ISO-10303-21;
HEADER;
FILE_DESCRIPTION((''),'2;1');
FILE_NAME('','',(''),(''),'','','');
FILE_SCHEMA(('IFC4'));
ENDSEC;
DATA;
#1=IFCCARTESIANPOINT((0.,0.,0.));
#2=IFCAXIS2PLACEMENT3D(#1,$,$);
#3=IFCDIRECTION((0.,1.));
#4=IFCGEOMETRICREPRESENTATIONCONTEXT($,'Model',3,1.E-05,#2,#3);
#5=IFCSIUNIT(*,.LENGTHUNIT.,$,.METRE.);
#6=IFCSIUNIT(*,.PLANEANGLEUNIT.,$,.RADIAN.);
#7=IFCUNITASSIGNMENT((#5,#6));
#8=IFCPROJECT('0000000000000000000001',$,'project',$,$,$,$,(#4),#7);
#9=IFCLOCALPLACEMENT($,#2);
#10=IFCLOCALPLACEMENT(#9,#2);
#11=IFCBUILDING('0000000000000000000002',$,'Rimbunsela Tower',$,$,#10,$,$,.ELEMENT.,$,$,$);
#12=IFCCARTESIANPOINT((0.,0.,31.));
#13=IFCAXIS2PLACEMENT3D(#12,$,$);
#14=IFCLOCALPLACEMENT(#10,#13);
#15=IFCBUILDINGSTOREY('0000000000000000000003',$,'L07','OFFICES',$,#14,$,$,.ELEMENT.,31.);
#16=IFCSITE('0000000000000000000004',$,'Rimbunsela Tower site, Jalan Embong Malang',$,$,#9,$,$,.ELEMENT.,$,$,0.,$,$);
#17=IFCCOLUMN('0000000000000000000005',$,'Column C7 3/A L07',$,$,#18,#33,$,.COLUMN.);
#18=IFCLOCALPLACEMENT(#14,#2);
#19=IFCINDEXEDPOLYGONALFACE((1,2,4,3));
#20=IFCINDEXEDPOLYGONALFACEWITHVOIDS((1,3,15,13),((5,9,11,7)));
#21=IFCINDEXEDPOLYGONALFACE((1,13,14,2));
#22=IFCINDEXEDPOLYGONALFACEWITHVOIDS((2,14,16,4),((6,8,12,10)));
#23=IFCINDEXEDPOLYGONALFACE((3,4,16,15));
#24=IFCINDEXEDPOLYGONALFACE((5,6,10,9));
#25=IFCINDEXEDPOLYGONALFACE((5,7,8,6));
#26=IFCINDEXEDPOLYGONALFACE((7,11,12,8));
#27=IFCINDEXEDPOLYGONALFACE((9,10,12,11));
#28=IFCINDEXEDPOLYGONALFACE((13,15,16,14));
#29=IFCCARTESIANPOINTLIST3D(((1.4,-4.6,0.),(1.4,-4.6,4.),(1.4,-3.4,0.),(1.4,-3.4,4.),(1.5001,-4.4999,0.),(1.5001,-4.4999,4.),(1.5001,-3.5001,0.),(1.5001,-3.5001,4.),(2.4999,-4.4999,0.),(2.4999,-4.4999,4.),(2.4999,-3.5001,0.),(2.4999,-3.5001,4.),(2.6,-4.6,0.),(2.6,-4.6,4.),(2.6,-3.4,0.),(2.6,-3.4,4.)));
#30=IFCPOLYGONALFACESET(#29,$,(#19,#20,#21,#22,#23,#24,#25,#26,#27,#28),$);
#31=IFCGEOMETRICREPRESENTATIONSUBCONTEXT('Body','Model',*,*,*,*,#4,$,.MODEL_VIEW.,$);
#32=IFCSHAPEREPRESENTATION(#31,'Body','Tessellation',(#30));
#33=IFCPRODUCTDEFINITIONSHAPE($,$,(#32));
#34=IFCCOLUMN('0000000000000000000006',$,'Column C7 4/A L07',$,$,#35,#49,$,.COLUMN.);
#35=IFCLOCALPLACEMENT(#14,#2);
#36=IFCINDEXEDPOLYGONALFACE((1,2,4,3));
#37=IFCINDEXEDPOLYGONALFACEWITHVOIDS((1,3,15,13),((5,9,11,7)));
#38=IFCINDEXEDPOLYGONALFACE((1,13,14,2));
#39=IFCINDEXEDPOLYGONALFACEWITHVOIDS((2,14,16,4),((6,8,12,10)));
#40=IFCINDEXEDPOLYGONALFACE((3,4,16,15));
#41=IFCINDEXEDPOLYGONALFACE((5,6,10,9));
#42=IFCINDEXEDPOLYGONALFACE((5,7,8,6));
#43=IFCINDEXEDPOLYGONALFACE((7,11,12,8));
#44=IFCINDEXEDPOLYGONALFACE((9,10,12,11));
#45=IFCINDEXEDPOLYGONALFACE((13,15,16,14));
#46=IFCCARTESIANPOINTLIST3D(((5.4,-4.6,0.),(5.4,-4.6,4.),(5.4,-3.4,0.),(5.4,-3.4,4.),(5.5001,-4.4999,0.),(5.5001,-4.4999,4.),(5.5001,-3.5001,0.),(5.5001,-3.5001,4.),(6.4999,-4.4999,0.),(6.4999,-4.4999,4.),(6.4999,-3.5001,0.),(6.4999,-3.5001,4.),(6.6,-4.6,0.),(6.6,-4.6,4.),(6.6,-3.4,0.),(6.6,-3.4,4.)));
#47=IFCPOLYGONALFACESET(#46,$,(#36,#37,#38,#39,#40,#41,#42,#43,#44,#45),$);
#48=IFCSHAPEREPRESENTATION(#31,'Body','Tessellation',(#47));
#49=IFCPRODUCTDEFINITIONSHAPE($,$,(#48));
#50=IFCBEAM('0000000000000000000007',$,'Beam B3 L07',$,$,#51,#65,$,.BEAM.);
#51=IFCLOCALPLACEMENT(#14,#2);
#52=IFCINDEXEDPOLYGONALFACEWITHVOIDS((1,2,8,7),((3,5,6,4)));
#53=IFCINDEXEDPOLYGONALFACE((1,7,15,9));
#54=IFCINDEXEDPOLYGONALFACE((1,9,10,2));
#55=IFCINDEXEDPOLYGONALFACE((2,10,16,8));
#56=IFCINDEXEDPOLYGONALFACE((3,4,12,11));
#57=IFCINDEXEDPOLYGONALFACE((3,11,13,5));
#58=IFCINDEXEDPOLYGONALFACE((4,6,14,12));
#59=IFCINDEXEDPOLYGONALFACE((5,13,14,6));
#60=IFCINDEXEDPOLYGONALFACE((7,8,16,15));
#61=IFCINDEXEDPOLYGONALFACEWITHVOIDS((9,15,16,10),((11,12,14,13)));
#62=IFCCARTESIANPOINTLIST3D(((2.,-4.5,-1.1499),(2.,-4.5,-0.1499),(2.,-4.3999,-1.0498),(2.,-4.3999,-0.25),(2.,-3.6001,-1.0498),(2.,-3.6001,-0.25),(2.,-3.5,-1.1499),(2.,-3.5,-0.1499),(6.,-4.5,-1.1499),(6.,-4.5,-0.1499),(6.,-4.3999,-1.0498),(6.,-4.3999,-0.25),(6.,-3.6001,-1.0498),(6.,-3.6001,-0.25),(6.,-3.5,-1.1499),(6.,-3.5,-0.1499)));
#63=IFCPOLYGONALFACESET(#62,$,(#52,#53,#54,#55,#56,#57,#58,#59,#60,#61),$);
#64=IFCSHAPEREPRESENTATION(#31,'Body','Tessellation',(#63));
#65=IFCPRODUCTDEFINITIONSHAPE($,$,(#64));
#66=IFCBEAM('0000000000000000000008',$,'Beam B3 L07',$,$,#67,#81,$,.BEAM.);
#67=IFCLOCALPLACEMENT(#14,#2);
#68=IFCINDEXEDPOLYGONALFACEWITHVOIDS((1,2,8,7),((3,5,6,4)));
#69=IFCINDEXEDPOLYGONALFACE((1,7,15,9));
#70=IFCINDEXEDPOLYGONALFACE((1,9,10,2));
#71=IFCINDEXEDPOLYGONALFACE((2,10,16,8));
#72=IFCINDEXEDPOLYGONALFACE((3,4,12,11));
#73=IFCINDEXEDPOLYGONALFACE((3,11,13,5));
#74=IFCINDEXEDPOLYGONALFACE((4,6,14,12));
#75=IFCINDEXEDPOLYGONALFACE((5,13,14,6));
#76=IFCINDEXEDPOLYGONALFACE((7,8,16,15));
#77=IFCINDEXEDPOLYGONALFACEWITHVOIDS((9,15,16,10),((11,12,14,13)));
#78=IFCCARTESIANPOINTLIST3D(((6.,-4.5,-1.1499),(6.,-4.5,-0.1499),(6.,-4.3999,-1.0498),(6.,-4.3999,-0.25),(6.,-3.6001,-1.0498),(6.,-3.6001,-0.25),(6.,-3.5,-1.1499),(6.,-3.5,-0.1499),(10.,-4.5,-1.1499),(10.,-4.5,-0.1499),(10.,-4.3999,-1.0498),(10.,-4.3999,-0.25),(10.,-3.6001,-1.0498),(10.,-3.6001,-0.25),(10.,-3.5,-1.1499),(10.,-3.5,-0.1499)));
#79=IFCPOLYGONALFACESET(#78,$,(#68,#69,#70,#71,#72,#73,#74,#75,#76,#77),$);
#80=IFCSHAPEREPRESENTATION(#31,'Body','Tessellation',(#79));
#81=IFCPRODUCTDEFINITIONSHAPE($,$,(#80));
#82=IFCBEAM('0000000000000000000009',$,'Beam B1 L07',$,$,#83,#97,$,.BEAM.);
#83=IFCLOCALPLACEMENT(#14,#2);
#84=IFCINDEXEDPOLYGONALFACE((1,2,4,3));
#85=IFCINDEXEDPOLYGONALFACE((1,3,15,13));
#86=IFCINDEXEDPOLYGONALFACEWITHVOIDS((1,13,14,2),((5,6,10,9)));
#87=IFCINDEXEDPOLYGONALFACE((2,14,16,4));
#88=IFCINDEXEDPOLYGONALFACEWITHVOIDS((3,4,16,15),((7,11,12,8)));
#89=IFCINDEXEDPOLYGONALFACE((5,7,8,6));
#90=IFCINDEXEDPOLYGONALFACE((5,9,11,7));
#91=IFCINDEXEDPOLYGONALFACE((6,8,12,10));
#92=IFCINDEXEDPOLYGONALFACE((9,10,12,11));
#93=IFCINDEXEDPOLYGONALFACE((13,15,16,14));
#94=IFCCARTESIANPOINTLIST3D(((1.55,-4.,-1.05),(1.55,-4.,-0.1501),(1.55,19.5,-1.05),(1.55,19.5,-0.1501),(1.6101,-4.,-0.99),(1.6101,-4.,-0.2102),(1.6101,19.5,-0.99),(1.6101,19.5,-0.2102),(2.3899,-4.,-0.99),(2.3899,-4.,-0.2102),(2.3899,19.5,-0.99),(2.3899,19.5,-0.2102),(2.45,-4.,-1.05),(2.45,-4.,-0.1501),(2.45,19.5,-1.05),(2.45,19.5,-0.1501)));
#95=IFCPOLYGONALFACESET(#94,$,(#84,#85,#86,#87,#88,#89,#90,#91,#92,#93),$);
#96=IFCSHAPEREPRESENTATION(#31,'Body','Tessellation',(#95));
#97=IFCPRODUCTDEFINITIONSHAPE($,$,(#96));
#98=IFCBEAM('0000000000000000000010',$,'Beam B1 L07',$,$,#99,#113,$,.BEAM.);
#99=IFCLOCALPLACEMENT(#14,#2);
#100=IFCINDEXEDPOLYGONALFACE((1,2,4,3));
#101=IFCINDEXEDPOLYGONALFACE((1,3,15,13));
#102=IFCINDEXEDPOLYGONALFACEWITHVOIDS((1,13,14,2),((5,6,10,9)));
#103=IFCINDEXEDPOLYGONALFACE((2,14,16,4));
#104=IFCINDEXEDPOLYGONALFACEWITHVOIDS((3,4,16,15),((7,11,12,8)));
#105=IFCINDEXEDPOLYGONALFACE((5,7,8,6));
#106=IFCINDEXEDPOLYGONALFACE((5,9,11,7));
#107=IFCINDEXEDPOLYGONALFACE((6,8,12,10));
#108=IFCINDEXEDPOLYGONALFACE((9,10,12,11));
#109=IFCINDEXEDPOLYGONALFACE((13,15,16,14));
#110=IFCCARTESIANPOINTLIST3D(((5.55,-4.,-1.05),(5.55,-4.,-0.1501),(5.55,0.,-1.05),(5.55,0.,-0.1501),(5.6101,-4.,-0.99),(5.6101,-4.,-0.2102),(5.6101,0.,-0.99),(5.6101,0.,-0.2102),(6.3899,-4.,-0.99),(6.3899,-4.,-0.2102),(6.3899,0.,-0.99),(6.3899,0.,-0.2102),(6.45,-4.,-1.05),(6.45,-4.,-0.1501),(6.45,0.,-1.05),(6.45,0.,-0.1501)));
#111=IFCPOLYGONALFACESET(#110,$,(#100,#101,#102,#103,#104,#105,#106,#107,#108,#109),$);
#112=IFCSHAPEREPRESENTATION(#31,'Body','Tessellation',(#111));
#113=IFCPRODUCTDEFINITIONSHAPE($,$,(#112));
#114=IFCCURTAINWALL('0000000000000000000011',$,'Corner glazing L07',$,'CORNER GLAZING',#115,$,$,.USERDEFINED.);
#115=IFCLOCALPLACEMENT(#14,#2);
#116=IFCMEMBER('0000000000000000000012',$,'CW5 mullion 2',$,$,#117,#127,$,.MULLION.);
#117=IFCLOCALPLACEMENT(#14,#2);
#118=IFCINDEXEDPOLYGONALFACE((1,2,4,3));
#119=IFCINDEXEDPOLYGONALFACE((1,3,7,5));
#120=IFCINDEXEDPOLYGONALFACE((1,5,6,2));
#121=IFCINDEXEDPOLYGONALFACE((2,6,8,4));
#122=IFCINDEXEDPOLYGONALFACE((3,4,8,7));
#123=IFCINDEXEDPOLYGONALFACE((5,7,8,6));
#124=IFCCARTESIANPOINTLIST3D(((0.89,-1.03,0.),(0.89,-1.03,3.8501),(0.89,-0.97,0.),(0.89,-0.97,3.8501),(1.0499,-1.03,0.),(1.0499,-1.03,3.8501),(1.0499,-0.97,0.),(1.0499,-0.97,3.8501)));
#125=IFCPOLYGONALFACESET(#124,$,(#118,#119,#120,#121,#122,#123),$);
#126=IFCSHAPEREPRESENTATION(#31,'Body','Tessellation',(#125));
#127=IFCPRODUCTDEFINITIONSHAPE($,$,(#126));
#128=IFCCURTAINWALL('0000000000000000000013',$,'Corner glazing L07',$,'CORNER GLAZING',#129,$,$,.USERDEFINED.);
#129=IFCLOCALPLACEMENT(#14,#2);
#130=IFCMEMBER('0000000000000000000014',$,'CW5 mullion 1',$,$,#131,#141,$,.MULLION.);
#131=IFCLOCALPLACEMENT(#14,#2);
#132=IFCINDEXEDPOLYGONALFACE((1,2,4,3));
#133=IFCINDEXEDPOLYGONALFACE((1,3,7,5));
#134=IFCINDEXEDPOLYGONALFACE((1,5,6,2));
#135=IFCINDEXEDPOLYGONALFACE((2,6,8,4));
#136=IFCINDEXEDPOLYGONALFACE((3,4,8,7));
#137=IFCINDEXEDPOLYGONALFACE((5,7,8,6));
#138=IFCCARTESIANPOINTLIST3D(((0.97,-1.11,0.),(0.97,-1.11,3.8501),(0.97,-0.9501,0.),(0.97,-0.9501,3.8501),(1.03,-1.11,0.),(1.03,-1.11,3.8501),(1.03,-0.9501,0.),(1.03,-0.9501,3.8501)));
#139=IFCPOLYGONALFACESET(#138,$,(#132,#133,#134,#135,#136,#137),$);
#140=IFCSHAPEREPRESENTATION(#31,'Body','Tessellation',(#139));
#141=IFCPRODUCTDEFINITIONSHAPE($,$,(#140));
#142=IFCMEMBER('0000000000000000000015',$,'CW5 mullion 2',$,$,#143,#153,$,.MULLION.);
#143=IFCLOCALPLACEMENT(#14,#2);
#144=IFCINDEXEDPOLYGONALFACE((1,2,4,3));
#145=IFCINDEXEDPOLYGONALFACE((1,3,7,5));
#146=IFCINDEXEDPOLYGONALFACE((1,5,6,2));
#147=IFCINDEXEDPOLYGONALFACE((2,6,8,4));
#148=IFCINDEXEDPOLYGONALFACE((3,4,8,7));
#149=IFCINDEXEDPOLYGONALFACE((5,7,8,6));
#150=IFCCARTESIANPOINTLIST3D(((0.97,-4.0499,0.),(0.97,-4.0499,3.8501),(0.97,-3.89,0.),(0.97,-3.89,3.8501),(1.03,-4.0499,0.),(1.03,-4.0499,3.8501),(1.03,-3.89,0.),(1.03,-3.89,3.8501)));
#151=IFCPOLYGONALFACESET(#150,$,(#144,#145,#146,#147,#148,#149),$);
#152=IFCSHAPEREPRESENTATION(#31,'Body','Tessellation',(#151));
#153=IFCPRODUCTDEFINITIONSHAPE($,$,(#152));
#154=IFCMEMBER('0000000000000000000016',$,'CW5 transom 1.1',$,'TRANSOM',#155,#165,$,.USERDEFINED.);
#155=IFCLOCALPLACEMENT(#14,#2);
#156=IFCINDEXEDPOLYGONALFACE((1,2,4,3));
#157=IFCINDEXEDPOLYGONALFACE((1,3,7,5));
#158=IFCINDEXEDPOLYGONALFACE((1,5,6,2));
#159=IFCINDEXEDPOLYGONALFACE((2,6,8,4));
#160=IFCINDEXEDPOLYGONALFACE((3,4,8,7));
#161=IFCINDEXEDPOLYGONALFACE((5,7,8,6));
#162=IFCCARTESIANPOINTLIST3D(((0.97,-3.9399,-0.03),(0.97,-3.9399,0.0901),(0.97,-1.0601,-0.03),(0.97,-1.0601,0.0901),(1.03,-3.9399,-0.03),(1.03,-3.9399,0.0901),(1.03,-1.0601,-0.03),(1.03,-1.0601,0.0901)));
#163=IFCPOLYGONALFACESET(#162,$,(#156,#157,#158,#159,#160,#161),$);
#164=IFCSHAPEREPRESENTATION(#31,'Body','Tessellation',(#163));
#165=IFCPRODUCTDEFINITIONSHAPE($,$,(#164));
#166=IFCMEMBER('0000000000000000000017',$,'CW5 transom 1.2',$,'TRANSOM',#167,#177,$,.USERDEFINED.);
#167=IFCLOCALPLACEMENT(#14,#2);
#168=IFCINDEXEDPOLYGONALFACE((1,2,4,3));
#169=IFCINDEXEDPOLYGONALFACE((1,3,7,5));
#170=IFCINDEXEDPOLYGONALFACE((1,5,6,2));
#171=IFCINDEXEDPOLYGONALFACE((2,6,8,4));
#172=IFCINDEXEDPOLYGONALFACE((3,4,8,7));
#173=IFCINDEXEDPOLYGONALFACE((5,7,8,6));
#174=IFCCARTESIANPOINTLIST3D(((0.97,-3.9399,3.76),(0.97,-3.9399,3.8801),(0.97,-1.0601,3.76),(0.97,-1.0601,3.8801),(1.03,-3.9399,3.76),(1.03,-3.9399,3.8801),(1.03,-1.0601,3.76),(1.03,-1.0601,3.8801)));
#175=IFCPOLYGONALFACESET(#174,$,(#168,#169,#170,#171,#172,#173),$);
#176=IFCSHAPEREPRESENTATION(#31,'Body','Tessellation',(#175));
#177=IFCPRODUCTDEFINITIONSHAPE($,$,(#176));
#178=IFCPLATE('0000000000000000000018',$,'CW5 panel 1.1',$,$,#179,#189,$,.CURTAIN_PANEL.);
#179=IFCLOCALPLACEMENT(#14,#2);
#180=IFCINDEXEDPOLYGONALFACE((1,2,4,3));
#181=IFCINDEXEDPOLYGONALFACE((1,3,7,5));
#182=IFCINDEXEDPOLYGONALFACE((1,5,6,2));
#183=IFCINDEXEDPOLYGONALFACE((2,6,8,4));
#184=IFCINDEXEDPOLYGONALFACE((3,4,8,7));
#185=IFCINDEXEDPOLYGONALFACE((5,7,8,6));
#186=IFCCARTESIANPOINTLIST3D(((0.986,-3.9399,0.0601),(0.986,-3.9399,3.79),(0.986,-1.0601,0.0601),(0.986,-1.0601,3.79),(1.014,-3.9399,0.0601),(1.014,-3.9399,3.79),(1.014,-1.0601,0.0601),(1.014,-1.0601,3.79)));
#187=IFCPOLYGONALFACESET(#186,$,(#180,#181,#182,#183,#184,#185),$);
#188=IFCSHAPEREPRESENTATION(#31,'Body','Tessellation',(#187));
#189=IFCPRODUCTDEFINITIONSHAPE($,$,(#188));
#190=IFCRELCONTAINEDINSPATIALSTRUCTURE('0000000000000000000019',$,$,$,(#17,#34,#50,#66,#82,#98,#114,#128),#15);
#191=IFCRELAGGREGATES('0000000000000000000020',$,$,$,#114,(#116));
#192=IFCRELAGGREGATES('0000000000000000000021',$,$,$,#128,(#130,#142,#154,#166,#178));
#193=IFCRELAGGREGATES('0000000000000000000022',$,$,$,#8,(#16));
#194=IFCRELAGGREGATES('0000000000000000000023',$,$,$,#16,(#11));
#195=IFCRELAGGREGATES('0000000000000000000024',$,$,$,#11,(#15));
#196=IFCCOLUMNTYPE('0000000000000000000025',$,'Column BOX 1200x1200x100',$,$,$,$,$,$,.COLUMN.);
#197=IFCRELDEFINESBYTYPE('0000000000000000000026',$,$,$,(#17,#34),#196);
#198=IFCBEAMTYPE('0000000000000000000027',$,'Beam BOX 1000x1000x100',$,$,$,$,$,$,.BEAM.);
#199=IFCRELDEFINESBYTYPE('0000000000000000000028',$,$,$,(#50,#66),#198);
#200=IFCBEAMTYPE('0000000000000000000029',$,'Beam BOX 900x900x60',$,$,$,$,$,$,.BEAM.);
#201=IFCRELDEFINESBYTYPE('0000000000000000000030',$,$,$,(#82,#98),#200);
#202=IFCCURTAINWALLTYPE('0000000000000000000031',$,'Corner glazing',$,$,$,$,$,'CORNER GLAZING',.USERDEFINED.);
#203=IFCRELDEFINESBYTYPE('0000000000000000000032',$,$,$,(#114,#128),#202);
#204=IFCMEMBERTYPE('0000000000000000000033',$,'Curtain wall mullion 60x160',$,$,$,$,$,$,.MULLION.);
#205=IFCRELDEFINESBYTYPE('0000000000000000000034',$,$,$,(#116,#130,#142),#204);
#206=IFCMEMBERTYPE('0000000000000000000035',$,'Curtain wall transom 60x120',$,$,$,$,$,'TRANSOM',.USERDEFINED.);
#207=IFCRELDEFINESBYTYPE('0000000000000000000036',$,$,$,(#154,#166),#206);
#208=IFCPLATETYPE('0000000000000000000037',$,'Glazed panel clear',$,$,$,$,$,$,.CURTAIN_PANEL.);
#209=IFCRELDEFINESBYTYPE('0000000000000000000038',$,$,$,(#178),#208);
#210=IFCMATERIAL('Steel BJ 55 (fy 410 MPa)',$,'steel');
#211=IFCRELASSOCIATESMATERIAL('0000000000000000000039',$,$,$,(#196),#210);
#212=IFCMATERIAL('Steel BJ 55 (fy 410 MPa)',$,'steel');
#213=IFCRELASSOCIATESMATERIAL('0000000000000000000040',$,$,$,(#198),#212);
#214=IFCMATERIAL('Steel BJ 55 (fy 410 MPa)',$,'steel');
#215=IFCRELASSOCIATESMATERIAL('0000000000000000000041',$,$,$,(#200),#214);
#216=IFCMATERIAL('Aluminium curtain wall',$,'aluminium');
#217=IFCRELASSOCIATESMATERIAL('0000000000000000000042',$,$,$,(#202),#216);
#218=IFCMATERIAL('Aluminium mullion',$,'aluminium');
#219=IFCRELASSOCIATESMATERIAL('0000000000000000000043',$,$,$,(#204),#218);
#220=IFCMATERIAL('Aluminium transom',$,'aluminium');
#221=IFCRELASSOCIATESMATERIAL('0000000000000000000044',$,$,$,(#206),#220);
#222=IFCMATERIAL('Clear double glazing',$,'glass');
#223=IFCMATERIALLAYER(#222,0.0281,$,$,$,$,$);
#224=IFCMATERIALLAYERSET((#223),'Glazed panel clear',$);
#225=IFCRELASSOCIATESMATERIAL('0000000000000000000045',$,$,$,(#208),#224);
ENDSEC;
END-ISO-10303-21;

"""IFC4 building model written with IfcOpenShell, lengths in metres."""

from ifc_helpers import new_model, si_unit, direction, frame, origin, origin_2d, place, context, subcontext, project, spatial, rectangle, hollow_rectangle, extrude, material, layer, layer_set, material_profile, profile_set, type_object, element, aggregate, save


model = new_model("IFC4")

# Units and contexts
model_context = context("Model", 3, precision=1e-05, world=origin(), true_north=direction((0.0, 1.0)))
body_context = subcontext(model_context, "Body", "Model", "MODEL_VIEW")
ifc_project = project(units=[si_unit("LENGTHUNIT", "METRE"), si_unit("PLANEANGLEUNIT", "RADIAN")], contexts=[model_context])

# Site, building, storey
site_placement = place(None, origin())
site = spatial("IfcSite", under=ifc_project, at=site_placement, Name="Rimbunsela Tower site, Jalan Embong Malang", CompositionType="ELEMENT", RefElevation=0.0)
building_placement = place(site_placement, origin())
building = spatial("IfcBuilding", under=site, at=building_placement, Name="Rimbunsela Tower", CompositionType="ELEMENT")
storey_placement = place(building_placement, frame((0.0, 0.0, 31.0)))
storey = spatial("IfcBuildingStorey", under=building, at=storey_placement, Name="L07", Description="OFFICES", CompositionType="ELEMENT", Elevation=31.0)

# Columns
ifc_material_1 = material(Name="Steel BJ 55 (fy 410 MPa)", Category="steel")
ifc_material_profile_1 = material_profile(ifc_material_1, hollow_rectangle(XDim=1.2, YDim=1.2, WallThickness=0.1001, at=origin_2d()), Name="BOX 1200x1200x100")
ifc_profile_set_1 = profile_set([ifc_material_profile_1], Name="Steel BJ 55 (fy 410 MPa)")
column_type = type_object("IfcColumnType", Name="Column BOX 1200x1200x100", PredefinedType="COLUMN", material=ifc_profile_set_1)
for number, where, z_axis, x_axis, name in (
    (1, (2.0, -4.0, 0.0), (0.0, 0.0, 1.0), (1.0, 0.0, 0.0), "Column C7 3/A L07"),
    (2, (6.0, -4.0, 0.0), (0.0, 0.0, 1.0), (1.0, 0.0, 0.0), "Column C7 4/A L07"),
):
    element("IfcColumn", number, at=place(storey_placement, frame(where, z_axis=z_axis, x_axis=x_axis)), inside=storey, type_object=column_type, Name=name, PredefinedType="COLUMN", context=body_context, shape_type="SweptSolid", body=[
        extrude(hollow_rectangle(XDim=1.2, YDim=1.2, WallThickness=0.1001, at=origin_2d()), origin(), (0.0, 0.0, 1.0), 4.0),
    ])

# Beams
ifc_material_2 = material(Name="Steel BJ 55 (fy 410 MPa)", Category="steel")
ifc_material_profile_2 = material_profile(ifc_material_2, hollow_rectangle(XDim=1.0, YDim=1.0, WallThickness=0.1001, at=origin_2d()), Name="BOX 1000x1000x100")
ifc_profile_set_2 = profile_set([ifc_material_profile_2], Name="Steel BJ 55 (fy 410 MPa)")
beam_type_1 = type_object("IfcBeamType", Name="Beam BOX 1000x1000x100", PredefinedType="BEAM", material=ifc_profile_set_2)
for number, where, z_axis, x_axis, name in (
    (3, (2.0, -4.0, -0.6499), (1.0, 0.0, 0.0), (0.0, 1.0, 0.0), "Beam B3 L07"),
    (4, (6.0, -4.0, -0.6499), (1.0, 0.0, 0.0), (0.0, 1.0, 0.0), "Beam B3 L07"),
):
    element("IfcBeam", number, at=place(storey_placement, frame(where, z_axis=z_axis, x_axis=x_axis)), inside=storey, type_object=beam_type_1, Name=name, PredefinedType="BEAM", context=body_context, shape_type="SweptSolid", body=[
        extrude(hollow_rectangle(XDim=1.0, YDim=1.0, WallThickness=0.1001, at=origin_2d()), origin(), (0.0, 0.0, 1.0), 4.0),
    ])
ifc_material_3 = material(Name="Steel BJ 55 (fy 410 MPa)", Category="steel")
ifc_material_profile_3 = material_profile(ifc_material_3, hollow_rectangle(XDim=0.8999, YDim=0.8999, WallThickness=0.0601, at=origin_2d()), Name="BOX 900x900x60")
ifc_profile_set_3 = profile_set([ifc_material_profile_3], Name="Steel BJ 55 (fy 410 MPa)")
beam_type_2 = type_object("IfcBeamType", Name="Beam BOX 900x900x60", PredefinedType="BEAM", material=ifc_profile_set_3)
beam_1_placement = place(storey_placement, frame((2.0, -4.0, -0.6001), z_axis=(0.0, 1.0, 0.0), x_axis=(-1.0, 0.0, 0.0)))
element("IfcBeam", 5, at=beam_1_placement, inside=storey, type_object=beam_type_2, Name="Beam B1 L07", PredefinedType="BEAM", context=body_context, shape_type="SweptSolid", body=[
    extrude(hollow_rectangle(XDim=0.8999, YDim=0.8999, WallThickness=0.0601, at=origin_2d()), origin(), (0.0, 0.0, 1.0), 23.5),
])
beam_2_placement = place(storey_placement, frame((6.0, -4.0, -0.6001), z_axis=(0.0, 1.0, 0.0), x_axis=(-1.0, 0.0, 0.0)))
element("IfcBeam", 6, at=beam_2_placement, inside=storey, type_object=beam_type_2, Name="Beam B1 L07", PredefinedType="BEAM", context=body_context, shape_type="SweptSolid", body=[
    extrude(hollow_rectangle(XDim=0.8999, YDim=0.8999, WallThickness=0.0601, at=origin_2d()), origin(), (0.0, 0.0, 1.0), 4.0),
])

# Curtain wall, member
ifc_material_4 = material(Name="Aluminium curtain wall", Category="aluminium")
curtain_wall_type = type_object("IfcCurtainWallType", Name="Corner glazing", ElementType="CORNER GLAZING", PredefinedType="USERDEFINED", material=ifc_material_4)
curtain_wall_1_placement = place(storey_placement, origin())
curtain_wall_1 = element("IfcCurtainWall", 7, at=curtain_wall_1_placement, inside=storey, type_object=curtain_wall_type, Name="Corner glazing L07", ObjectType="CORNER GLAZING", PredefinedType="USERDEFINED")
ifc_material_5 = material(Name="Aluminium mullion", Category="aluminium")
ifc_material_profile_4 = material_profile(ifc_material_5, rectangle(XDim=0.0601, YDim=0.1599, at=origin_2d()), Name="Mullion 60x160")
ifc_profile_set_4 = profile_set([ifc_material_profile_4], Name="Aluminium mullion")
member_type_1 = type_object("IfcMemberType", Name="Curtain wall mullion 60x160", PredefinedType="MULLION", material=ifc_profile_set_4)
member_1_placement = place(storey_placement, frame((0.97, -1.0, 0.0), z_axis=(0.0, 0.0, 1.0), x_axis=(0.0, 1.0, 0.0)))
member_1 = element("IfcMember", 8, at=member_1_placement, type_object=member_type_1, Name="CW5 mullion 2", PredefinedType="MULLION", context=body_context, shape_type="SweptSolid", body=[
    extrude(rectangle(XDim=0.0601, YDim=0.1599, at=origin_2d()), origin(), (0.0, 0.0, 1.0), 3.8501),
])
aggregate(curtain_wall_1, [member_1])

# Curtain wall, members, plate
curtain_wall_2_placement = place(storey_placement, origin())
curtain_wall_2 = element("IfcCurtainWall", 9, at=curtain_wall_2_placement, inside=storey, type_object=curtain_wall_type, Name="Corner glazing L07", ObjectType="CORNER GLAZING", PredefinedType="USERDEFINED")
member_2_placement = place(storey_placement, frame((1.0, -1.03, 0.0), z_axis=(0.0, 0.0, 1.0), x_axis=(1.0, 0.0, 0.0)))
member_2 = element("IfcMember", 10, at=member_2_placement, type_object=member_type_1, Name="CW5 mullion 1", PredefinedType="MULLION", context=body_context, shape_type="SweptSolid", body=[
    extrude(rectangle(XDim=0.0601, YDim=0.1599, at=origin_2d()), origin(), (0.0, 0.0, 1.0), 3.8501),
])
member_3_placement = place(storey_placement, frame((1.0, -3.97, 0.0), z_axis=(0.0, 0.0, 1.0), x_axis=(1.0, 0.0, 0.0)))
member_3 = element("IfcMember", 11, at=member_3_placement, type_object=member_type_1, Name="CW5 mullion 2", PredefinedType="MULLION", context=body_context, shape_type="SweptSolid", body=[
    extrude(rectangle(XDim=0.0601, YDim=0.1599, at=origin_2d()), origin(), (0.0, 0.0, 1.0), 3.8501),
])
ifc_material_6 = material(Name="Aluminium transom", Category="aluminium")
ifc_material_profile_5 = material_profile(ifc_material_6, rectangle(XDim=0.0601, YDim=0.1201, at=origin_2d()), Name="Transom 60x120")
ifc_profile_set_5 = profile_set([ifc_material_profile_5], Name="Aluminium transom")
member_type_2 = type_object("IfcMemberType", Name="Curtain wall transom 60x120", ElementType="TRANSOM", PredefinedType="USERDEFINED", material=ifc_profile_set_5)
member_4_placement = place(storey_placement, frame((1.0, -1.0601, 0.03), z_axis=(0.0, -1.0, 0.0), x_axis=(1.0, 0.0, 0.0)))
member_4 = element("IfcMember", 12, at=member_4_placement, type_object=member_type_2, Name="CW5 transom 1.1", ObjectType="TRANSOM", PredefinedType="USERDEFINED", context=body_context, shape_type="SweptSolid", body=[
    extrude(rectangle(XDim=0.0601, YDim=0.1201, at=origin_2d()), origin(), (0.0, 0.0, 1.0), 2.8799),
])
member_5_placement = place(storey_placement, frame((1.0, -1.0601, 3.8201), z_axis=(0.0, -1.0, 0.0), x_axis=(1.0, 0.0, 0.0)))
member_5 = element("IfcMember", 13, at=member_5_placement, type_object=member_type_2, Name="CW5 transom 1.2", ObjectType="TRANSOM", PredefinedType="USERDEFINED", context=body_context, shape_type="SweptSolid", body=[
    extrude(rectangle(XDim=0.0601, YDim=0.1201, at=origin_2d()), origin(), (0.0, 0.0, 1.0), 2.8799),
])
ifc_material_7 = material(Name="Clear double glazing", Category="glass")
ifc_layer_1 = layer(ifc_material_7, 0.0281)
ifc_layer_set_1 = layer_set([ifc_layer_1], Name="Glazed panel clear")
plate_type = type_object("IfcPlateType", Name="Glazed panel clear", PredefinedType="CURTAIN_PANEL", material=ifc_layer_set_1)
plate_placement = place(storey_placement, frame((1.0, -2.5, 0.0601), z_axis=(0.0, 0.0, 1.0), x_axis=(0.0, -1.0, 0.0)))
plate = element("IfcPlate", 14, at=plate_placement, type_object=plate_type, Name="CW5 panel 1.1", PredefinedType="CURTAIN_PANEL", context=body_context, shape_type="SweptSolid", body=[
    extrude(rectangle(XDim=2.8799, YDim=0.0281, at=origin_2d()), origin(), (0.0, 0.0, 1.0), 3.73),
])
aggregate(curtain_wall_2, [member_2, member_3, member_4, member_5, plate])

save(model, "model.ifc")
